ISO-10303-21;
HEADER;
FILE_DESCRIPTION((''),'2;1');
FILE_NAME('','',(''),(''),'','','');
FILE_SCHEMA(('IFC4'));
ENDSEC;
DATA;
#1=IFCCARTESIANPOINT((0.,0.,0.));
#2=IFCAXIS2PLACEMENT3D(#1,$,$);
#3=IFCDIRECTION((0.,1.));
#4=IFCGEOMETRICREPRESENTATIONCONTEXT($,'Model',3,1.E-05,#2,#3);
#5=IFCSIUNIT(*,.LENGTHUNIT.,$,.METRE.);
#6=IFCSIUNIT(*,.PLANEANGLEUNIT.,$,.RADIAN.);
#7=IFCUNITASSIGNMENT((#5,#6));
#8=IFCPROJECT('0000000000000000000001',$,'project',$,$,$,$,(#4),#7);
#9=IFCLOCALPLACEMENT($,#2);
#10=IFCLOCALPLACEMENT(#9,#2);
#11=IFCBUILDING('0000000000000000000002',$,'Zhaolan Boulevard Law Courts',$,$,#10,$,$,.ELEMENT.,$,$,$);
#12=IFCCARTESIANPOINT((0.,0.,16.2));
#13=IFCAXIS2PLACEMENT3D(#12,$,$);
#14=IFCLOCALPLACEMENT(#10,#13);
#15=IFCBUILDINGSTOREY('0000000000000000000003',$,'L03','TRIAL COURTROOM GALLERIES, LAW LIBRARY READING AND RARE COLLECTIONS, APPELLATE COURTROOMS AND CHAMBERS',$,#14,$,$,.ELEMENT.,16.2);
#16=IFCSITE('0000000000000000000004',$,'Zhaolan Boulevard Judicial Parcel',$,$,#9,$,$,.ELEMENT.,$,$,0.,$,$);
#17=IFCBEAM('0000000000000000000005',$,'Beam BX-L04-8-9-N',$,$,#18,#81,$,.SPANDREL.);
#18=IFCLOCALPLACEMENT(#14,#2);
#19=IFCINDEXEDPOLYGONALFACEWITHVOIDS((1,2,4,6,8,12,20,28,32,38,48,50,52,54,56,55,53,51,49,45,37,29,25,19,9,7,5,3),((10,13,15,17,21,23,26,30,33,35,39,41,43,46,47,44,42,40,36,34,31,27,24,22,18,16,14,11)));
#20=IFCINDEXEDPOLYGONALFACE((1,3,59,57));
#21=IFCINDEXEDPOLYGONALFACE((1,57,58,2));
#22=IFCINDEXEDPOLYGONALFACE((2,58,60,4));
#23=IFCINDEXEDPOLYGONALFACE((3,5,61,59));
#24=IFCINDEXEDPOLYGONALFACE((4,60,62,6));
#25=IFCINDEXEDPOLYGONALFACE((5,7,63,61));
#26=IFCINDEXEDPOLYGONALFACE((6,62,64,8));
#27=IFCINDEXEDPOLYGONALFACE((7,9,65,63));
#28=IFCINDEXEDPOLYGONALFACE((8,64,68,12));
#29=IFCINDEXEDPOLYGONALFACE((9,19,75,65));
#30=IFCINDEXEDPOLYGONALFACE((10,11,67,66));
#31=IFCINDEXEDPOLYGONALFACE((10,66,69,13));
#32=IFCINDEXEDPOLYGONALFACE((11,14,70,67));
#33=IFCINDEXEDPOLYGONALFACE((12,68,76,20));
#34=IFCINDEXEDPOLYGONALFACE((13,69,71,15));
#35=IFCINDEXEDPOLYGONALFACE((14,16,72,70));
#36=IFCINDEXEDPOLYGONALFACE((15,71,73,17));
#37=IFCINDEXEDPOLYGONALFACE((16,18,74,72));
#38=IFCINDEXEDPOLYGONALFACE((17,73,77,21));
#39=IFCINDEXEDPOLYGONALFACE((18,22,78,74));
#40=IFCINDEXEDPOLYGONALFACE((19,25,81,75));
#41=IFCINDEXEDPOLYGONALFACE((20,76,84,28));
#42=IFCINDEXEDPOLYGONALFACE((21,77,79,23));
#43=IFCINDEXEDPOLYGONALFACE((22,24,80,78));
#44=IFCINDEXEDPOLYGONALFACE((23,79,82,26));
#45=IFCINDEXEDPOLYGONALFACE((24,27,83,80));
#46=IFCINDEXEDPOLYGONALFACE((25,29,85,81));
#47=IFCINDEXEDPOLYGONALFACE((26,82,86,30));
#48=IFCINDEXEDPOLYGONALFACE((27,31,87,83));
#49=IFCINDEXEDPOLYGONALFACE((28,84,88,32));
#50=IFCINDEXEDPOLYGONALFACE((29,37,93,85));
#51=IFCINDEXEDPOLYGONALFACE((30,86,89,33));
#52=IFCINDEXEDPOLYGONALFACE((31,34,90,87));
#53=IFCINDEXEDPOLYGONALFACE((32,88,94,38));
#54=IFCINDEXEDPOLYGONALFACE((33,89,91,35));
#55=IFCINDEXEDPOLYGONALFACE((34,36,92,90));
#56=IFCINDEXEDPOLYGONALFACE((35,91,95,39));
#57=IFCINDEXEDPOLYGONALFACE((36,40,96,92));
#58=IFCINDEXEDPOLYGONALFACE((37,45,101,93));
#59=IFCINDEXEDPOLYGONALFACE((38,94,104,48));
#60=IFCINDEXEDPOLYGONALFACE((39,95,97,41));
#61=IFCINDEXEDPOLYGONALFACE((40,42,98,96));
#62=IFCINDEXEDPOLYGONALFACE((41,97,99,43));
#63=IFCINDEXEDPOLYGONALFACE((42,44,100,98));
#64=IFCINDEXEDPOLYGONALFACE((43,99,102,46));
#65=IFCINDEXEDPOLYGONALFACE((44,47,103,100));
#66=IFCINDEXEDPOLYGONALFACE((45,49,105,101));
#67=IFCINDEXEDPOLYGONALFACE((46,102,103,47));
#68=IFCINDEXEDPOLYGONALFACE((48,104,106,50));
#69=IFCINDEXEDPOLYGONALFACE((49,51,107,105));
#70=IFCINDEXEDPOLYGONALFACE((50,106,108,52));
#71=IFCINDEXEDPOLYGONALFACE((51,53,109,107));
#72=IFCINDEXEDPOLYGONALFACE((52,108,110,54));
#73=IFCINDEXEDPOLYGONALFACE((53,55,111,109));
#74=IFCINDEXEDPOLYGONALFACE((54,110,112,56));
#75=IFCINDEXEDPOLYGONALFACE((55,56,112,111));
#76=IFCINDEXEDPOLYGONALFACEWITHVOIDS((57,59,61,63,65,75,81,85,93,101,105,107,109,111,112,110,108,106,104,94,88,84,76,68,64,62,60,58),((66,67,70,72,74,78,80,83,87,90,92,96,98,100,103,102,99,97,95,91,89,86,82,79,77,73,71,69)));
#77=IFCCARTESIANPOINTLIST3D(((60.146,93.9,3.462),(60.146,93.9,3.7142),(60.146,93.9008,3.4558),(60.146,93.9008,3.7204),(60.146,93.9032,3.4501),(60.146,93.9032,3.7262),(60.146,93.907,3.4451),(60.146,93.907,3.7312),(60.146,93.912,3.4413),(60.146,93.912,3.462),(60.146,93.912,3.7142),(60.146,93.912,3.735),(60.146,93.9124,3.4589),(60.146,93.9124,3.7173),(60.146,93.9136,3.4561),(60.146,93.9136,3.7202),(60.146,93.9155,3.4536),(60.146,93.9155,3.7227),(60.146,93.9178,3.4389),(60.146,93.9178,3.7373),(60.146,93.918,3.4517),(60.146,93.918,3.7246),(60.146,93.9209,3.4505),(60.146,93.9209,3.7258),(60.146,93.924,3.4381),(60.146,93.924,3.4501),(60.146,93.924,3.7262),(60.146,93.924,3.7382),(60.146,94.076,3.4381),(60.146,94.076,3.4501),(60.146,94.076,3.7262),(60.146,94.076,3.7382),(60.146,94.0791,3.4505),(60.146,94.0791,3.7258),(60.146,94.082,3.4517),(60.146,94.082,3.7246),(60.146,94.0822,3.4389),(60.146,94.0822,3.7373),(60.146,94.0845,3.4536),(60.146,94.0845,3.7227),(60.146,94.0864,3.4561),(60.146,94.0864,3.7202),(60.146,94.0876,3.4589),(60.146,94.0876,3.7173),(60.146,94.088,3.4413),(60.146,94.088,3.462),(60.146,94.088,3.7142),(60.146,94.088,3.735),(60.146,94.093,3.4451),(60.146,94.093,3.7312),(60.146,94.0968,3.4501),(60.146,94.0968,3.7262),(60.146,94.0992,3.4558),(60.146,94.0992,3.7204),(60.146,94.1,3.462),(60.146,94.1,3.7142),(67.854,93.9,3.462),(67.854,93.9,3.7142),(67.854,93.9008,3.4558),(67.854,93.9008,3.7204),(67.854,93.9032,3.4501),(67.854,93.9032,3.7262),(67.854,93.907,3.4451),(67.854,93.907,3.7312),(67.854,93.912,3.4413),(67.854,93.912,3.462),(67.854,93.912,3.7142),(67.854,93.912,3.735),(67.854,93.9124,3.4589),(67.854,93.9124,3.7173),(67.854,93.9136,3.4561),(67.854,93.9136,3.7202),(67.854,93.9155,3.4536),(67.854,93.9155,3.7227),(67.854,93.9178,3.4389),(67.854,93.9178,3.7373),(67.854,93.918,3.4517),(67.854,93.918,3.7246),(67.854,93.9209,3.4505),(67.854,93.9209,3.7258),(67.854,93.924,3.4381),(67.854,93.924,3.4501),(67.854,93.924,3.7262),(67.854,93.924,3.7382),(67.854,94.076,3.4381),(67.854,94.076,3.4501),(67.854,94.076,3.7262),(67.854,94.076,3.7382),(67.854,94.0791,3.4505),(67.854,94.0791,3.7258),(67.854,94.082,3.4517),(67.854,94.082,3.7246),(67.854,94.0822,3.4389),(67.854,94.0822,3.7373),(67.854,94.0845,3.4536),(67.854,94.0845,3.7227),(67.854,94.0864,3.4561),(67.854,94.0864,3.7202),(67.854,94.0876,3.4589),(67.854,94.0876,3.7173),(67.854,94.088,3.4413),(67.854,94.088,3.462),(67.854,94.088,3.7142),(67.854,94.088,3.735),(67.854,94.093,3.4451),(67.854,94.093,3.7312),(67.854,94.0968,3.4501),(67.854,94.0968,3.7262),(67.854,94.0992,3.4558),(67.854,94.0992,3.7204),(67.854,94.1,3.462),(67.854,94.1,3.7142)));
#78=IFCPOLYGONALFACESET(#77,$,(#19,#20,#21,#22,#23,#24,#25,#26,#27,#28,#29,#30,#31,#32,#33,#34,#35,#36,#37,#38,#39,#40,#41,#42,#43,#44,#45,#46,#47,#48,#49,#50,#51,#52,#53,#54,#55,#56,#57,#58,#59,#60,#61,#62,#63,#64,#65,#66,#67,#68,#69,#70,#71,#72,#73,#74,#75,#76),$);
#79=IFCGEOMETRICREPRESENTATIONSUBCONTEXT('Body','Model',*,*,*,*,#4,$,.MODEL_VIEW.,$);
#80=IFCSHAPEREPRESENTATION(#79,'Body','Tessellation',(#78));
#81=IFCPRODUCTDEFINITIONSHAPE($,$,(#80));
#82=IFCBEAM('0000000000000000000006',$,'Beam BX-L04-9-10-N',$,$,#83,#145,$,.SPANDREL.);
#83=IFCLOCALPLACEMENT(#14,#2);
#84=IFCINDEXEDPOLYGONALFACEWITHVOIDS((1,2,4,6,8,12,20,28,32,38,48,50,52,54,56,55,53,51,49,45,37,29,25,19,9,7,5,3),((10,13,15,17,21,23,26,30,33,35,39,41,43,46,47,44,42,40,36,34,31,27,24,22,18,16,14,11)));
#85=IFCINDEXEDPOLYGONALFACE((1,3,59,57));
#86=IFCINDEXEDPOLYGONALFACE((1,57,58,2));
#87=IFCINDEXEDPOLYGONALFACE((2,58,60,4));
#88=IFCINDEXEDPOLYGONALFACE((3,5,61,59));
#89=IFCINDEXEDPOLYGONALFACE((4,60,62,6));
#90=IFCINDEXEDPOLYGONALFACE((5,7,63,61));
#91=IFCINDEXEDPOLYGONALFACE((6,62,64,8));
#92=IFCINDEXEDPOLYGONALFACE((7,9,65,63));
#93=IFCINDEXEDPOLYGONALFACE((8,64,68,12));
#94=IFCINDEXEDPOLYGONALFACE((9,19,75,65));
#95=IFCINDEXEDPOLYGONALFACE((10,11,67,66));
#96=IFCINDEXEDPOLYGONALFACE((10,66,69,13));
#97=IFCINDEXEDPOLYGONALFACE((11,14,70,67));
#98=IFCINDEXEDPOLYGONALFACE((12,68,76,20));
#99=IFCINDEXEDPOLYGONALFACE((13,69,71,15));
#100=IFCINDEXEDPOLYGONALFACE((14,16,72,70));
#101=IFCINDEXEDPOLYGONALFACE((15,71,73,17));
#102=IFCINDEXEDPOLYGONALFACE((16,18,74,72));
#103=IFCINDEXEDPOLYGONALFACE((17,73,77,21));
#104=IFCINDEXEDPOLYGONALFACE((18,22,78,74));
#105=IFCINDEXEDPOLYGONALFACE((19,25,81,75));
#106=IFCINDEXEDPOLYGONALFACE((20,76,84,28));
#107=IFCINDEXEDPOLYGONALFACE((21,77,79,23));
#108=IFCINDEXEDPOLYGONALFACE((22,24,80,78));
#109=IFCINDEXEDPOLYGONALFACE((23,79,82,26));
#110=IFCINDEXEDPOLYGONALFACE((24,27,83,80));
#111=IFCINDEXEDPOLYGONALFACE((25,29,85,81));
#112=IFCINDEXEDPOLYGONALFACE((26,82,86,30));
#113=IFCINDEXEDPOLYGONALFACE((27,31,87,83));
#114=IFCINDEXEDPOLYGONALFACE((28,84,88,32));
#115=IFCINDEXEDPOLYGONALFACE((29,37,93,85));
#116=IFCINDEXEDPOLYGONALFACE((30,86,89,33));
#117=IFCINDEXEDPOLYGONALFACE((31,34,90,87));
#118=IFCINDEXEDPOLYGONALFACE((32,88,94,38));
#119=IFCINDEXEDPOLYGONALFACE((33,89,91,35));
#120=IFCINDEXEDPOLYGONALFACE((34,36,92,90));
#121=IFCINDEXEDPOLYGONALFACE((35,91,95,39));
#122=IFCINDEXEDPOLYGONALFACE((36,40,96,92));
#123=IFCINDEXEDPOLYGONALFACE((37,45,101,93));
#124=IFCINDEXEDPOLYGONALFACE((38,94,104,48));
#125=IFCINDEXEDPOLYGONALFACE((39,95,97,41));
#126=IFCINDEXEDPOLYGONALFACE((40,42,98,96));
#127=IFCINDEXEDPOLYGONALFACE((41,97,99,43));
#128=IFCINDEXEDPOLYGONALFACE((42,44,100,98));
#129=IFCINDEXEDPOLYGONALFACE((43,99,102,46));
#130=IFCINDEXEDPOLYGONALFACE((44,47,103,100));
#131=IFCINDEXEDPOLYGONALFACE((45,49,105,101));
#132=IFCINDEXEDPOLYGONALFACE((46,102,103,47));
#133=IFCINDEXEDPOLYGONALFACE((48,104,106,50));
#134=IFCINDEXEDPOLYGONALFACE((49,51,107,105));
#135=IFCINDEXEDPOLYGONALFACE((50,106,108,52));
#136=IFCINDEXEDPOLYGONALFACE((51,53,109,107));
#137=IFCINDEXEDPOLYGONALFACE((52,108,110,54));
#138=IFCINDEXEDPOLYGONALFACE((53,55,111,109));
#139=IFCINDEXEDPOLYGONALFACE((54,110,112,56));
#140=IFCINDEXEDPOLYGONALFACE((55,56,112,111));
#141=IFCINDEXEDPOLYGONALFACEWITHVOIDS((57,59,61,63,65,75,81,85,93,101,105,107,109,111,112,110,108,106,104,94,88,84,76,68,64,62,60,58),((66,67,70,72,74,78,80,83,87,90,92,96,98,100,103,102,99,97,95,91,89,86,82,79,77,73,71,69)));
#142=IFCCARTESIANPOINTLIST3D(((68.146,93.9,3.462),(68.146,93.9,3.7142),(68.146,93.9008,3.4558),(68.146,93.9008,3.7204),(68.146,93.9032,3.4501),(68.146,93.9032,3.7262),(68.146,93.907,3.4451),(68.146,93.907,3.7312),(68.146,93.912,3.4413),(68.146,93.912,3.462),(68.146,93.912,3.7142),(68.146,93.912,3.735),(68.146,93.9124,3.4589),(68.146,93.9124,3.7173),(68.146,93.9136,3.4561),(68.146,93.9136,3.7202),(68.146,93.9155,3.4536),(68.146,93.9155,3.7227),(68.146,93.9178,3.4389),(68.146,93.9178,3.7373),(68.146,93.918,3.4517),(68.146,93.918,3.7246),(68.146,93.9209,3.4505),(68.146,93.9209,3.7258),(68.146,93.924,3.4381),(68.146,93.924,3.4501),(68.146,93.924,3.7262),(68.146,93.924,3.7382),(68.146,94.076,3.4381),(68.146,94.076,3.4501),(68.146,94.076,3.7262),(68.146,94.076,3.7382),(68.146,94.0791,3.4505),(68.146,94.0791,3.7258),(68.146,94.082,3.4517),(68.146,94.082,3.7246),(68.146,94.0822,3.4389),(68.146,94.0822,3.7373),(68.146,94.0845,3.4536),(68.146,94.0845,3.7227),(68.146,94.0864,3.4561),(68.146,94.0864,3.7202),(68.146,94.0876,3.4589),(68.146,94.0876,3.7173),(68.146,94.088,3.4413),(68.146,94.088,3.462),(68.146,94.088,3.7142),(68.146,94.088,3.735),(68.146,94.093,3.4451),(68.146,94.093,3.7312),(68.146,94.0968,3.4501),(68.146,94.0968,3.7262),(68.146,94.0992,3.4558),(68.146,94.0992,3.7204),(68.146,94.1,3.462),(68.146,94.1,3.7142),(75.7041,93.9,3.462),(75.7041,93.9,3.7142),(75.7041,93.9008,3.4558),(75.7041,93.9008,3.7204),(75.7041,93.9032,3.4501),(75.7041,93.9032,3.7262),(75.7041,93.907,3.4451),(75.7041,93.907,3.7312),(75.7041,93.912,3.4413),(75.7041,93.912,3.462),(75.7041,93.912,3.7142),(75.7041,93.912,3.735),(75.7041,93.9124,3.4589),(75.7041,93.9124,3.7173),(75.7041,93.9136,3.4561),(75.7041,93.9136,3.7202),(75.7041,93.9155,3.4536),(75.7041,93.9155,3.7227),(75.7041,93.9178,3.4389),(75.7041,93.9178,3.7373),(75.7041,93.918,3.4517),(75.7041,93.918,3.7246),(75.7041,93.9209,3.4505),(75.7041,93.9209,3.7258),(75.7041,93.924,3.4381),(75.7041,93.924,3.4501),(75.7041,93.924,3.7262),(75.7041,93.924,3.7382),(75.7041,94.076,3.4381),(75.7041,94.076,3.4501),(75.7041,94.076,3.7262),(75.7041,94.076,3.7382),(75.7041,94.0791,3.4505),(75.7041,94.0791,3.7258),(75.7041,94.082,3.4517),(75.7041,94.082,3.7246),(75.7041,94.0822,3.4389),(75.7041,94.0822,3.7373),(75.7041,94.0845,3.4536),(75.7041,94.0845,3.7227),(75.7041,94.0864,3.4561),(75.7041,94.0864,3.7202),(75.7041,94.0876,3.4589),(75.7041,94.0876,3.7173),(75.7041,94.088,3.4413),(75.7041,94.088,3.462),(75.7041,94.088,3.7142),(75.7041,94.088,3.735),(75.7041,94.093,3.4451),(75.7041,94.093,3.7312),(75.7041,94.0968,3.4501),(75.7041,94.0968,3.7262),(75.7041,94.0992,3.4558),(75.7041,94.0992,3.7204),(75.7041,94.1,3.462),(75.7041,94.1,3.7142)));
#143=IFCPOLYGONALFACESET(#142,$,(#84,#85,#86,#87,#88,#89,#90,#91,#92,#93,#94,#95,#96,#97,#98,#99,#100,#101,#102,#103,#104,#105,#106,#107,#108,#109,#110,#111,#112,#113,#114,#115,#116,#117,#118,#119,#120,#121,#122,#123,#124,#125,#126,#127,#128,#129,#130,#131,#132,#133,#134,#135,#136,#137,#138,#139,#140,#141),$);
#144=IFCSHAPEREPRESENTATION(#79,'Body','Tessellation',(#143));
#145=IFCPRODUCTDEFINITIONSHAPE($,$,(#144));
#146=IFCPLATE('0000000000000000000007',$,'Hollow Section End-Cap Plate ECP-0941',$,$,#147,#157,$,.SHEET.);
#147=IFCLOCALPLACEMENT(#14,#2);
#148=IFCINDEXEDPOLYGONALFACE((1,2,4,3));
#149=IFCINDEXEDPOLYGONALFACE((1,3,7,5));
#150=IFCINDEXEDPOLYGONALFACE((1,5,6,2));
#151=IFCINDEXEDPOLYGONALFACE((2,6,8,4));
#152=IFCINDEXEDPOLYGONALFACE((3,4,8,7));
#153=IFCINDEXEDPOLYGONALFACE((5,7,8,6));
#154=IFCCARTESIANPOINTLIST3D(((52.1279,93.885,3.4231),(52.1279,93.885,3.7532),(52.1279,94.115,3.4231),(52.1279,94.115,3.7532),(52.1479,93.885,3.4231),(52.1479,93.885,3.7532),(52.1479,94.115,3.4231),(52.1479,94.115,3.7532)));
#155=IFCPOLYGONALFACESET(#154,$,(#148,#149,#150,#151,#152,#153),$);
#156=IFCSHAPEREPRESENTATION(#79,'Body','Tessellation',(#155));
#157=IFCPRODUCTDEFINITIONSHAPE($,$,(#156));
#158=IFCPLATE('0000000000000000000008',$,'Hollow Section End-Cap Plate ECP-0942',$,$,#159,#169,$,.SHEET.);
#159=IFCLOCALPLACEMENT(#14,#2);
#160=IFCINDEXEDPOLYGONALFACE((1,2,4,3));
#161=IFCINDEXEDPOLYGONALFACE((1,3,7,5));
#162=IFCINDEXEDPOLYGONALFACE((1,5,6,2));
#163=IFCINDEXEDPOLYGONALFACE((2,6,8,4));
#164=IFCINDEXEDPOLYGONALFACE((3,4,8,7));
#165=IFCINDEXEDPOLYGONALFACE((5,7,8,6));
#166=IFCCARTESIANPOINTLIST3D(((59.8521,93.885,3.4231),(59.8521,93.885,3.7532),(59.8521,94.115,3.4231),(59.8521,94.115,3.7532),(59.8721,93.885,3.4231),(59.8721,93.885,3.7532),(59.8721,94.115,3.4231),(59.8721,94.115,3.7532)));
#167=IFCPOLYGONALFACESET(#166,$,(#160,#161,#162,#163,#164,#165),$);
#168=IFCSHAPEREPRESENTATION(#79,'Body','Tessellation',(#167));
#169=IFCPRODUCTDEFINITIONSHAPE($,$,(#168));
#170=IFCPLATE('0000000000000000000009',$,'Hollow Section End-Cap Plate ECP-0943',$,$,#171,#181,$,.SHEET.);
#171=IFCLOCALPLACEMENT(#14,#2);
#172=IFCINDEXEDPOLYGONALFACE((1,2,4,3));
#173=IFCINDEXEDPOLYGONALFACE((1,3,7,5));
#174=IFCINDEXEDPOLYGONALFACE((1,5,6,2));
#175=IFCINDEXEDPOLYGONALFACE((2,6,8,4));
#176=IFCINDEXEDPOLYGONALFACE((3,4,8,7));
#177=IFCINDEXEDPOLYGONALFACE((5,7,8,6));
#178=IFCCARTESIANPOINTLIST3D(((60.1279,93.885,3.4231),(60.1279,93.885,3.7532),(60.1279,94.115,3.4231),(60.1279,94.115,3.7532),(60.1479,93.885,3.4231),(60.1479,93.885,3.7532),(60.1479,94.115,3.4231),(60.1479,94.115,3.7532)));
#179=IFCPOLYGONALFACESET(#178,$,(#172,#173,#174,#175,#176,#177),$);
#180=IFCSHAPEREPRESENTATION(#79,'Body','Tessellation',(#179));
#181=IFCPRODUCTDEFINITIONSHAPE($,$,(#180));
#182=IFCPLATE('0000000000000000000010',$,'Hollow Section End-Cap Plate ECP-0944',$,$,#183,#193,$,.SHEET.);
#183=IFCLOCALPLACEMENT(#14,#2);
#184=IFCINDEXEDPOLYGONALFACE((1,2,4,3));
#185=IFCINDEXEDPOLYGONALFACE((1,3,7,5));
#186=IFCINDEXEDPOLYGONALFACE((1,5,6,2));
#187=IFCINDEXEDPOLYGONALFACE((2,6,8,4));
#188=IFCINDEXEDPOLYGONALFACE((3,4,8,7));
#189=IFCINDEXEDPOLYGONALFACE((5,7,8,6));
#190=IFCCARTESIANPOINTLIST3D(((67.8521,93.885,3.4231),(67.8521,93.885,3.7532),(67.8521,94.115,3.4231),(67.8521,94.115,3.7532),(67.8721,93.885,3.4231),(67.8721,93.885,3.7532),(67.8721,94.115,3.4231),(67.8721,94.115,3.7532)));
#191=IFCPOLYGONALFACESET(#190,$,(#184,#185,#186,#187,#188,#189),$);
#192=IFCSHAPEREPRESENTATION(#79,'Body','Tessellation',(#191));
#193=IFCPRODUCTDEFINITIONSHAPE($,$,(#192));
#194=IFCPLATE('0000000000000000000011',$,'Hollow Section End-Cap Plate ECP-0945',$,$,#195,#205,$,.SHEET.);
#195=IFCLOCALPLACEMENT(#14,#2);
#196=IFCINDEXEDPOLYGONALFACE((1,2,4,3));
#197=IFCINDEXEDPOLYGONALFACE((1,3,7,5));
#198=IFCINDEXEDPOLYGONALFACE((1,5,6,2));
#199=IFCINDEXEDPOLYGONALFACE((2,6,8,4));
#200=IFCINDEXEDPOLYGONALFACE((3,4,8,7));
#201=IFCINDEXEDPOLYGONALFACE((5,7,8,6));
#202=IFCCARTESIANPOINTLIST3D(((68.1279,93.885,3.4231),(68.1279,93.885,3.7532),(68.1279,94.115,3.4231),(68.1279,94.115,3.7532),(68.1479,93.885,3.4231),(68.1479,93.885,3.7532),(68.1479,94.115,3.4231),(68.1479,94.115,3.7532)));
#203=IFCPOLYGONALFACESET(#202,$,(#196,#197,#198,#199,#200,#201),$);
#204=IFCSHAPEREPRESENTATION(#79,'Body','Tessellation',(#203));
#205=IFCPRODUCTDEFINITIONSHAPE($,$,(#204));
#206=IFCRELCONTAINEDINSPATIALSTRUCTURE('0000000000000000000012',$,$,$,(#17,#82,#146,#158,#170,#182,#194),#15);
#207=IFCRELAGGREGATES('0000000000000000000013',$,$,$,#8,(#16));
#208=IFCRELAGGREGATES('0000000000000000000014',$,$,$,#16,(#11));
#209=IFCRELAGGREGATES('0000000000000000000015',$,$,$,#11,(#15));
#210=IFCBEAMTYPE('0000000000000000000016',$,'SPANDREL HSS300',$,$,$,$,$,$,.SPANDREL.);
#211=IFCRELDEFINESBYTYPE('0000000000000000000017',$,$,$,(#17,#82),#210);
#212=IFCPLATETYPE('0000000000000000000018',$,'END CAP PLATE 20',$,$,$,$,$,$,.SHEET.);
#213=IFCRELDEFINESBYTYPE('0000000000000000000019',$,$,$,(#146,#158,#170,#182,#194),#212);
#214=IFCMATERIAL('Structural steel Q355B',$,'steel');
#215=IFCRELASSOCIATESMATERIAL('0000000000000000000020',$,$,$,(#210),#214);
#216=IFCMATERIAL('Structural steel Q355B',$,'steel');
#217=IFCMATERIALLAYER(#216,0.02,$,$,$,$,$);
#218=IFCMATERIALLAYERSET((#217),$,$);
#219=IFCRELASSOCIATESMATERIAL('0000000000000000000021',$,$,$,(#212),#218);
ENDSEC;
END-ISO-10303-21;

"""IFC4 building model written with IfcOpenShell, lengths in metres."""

from ifc_helpers import new_model, si_unit, direction, frame, origin, origin_2d, place, context, subcontext, project, spatial, rectangle, hollow_rectangle, extrude, material, layer, layer_set, material_profile, profile_set, type_object, element, save


model = new_model("IFC4")

# Units and contexts
model_context = context("Model", 3, precision=1e-05, world=origin(), true_north=direction((0.0, 1.0)))
body_context = subcontext(model_context, "Body", "Model", "MODEL_VIEW")
ifc_project = project(units=[si_unit("LENGTHUNIT", "METRE"), si_unit("PLANEANGLEUNIT", "RADIAN")], contexts=[model_context])

# Site, building, storey
site_placement = place(None, origin())
site = spatial("IfcSite", under=ifc_project, at=site_placement, Name="Zhaolan Boulevard Judicial Parcel", CompositionType="ELEMENT", RefElevation=0.0)
building_placement = place(site_placement, origin())
building = spatial("IfcBuilding", under=site, at=building_placement, Name="Zhaolan Boulevard Law Courts", CompositionType="ELEMENT")
storey_placement = place(building_placement, frame((0.0, 0.0, 16.2)))
storey = spatial("IfcBuildingStorey", under=building, at=storey_placement, Name="L03", Description="TRIAL COURTROOM GALLERIES, LAW LIBRARY READING AND RARE COLLECTIONS, APPELLATE COURTROOMS AND CHAMBERS", CompositionType="ELEMENT", Elevation=16.2)

# Beams
ifc_material_1 = material(Name="Structural steel Q355B", Category="steel")
ifc_material_profile_1 = material_profile(ifc_material_1, hollow_rectangle(XDim=0.2, YDim=0.3, WallThickness=0.012, InnerFilletRadius=0.012, OuterFilletRadius=0.0239, at=origin_2d()), Name="HSS300x200x12")
ifc_profile_set_1 = profile_set([ifc_material_profile_1], Name="Structural steel Q355B")
beam_type = type_object("IfcBeamType", Name="SPANDREL HSS300", PredefinedType="SPANDREL", material=ifc_profile_set_1)
for number, where, z_axis, x_axis, name in (
    (1, (60.146, 94.0, 3.5881), (1.0, 0.0, 0.0), (0.0, 1.0, 0.0), "Beam BX-L04-8-9-N"),
):
    element("IfcBeam", number, at=place(storey_placement, frame(where, z_axis=z_axis, x_axis=x_axis)), inside=storey, type_object=beam_type, Name=name, PredefinedType="SPANDREL", context=body_context, shape_type="SweptSolid", body=[
        extrude(hollow_rectangle(XDim=0.2, YDim=0.3, WallThickness=0.012, InnerFilletRadius=0.012, OuterFilletRadius=0.0239, at=origin_2d()), origin(), (0.0, 0.0, 1.0), 7.708),
    ])
beam_placement = place(storey_placement, frame((68.146, 94.0, 3.5881), z_axis=(1.0, 0.0, 0.0), x_axis=(0.0, 1.0, 0.0)))
element("IfcBeam", 2, at=beam_placement, inside=storey, type_object=beam_type, Name="Beam BX-L04-9-10-N", PredefinedType="SPANDREL", context=body_context, shape_type="SweptSolid", body=[
    extrude(hollow_rectangle(XDim=0.2, YDim=0.3, WallThickness=0.012, InnerFilletRadius=0.012, OuterFilletRadius=0.0239, at=origin_2d()), origin(), (0.0, 0.0, 1.0), 7.5581),
])

# Plates
ifc_material_2 = material(Name="Structural steel Q355B", Category="steel")
ifc_layer_1 = layer(ifc_material_2, 0.02)
ifc_layer_set_1 = layer_set([ifc_layer_1])
plate_type = type_object("IfcPlateType", Name="END CAP PLATE 20", PredefinedType="SHEET", material=ifc_layer_set_1)
for number, where, z_axis, x_axis, name in (
    (3, (52.1379, 94.0, 3.4231), (0.0, 0.0, 1.0), (1.0, 0.0, 0.0), "Hollow Section End-Cap Plate ECP-0941"),
    (4, (59.8621, 94.0, 3.4231), (0.0, 0.0, 1.0), (1.0, 0.0, 0.0), "Hollow Section End-Cap Plate ECP-0942"),
    (5, (60.1379, 94.0, 3.4231), (0.0, 0.0, 1.0), (1.0, 0.0, 0.0), "Hollow Section End-Cap Plate ECP-0943"),
    (6, (67.8621, 94.0, 3.4231), (0.0, 0.0, 1.0), (1.0, 0.0, 0.0), "Hollow Section End-Cap Plate ECP-0944"),
    (7, (68.1379, 94.0, 3.4231), (0.0, 0.0, 1.0), (1.0, 0.0, 0.0), "Hollow Section End-Cap Plate ECP-0945"),
):
    element("IfcPlate", number, at=place(storey_placement, frame(where, z_axis=z_axis, x_axis=x_axis)), inside=storey, type_object=plate_type, Name=name, PredefinedType="SHEET", context=body_context, shape_type="SweptSolid", body=[
        extrude(rectangle(XDim=0.02, YDim=0.23, at=origin_2d()), origin(), (0.0, 0.0, 1.0), 0.3301),
    ])

save(model, "model.ifc")
